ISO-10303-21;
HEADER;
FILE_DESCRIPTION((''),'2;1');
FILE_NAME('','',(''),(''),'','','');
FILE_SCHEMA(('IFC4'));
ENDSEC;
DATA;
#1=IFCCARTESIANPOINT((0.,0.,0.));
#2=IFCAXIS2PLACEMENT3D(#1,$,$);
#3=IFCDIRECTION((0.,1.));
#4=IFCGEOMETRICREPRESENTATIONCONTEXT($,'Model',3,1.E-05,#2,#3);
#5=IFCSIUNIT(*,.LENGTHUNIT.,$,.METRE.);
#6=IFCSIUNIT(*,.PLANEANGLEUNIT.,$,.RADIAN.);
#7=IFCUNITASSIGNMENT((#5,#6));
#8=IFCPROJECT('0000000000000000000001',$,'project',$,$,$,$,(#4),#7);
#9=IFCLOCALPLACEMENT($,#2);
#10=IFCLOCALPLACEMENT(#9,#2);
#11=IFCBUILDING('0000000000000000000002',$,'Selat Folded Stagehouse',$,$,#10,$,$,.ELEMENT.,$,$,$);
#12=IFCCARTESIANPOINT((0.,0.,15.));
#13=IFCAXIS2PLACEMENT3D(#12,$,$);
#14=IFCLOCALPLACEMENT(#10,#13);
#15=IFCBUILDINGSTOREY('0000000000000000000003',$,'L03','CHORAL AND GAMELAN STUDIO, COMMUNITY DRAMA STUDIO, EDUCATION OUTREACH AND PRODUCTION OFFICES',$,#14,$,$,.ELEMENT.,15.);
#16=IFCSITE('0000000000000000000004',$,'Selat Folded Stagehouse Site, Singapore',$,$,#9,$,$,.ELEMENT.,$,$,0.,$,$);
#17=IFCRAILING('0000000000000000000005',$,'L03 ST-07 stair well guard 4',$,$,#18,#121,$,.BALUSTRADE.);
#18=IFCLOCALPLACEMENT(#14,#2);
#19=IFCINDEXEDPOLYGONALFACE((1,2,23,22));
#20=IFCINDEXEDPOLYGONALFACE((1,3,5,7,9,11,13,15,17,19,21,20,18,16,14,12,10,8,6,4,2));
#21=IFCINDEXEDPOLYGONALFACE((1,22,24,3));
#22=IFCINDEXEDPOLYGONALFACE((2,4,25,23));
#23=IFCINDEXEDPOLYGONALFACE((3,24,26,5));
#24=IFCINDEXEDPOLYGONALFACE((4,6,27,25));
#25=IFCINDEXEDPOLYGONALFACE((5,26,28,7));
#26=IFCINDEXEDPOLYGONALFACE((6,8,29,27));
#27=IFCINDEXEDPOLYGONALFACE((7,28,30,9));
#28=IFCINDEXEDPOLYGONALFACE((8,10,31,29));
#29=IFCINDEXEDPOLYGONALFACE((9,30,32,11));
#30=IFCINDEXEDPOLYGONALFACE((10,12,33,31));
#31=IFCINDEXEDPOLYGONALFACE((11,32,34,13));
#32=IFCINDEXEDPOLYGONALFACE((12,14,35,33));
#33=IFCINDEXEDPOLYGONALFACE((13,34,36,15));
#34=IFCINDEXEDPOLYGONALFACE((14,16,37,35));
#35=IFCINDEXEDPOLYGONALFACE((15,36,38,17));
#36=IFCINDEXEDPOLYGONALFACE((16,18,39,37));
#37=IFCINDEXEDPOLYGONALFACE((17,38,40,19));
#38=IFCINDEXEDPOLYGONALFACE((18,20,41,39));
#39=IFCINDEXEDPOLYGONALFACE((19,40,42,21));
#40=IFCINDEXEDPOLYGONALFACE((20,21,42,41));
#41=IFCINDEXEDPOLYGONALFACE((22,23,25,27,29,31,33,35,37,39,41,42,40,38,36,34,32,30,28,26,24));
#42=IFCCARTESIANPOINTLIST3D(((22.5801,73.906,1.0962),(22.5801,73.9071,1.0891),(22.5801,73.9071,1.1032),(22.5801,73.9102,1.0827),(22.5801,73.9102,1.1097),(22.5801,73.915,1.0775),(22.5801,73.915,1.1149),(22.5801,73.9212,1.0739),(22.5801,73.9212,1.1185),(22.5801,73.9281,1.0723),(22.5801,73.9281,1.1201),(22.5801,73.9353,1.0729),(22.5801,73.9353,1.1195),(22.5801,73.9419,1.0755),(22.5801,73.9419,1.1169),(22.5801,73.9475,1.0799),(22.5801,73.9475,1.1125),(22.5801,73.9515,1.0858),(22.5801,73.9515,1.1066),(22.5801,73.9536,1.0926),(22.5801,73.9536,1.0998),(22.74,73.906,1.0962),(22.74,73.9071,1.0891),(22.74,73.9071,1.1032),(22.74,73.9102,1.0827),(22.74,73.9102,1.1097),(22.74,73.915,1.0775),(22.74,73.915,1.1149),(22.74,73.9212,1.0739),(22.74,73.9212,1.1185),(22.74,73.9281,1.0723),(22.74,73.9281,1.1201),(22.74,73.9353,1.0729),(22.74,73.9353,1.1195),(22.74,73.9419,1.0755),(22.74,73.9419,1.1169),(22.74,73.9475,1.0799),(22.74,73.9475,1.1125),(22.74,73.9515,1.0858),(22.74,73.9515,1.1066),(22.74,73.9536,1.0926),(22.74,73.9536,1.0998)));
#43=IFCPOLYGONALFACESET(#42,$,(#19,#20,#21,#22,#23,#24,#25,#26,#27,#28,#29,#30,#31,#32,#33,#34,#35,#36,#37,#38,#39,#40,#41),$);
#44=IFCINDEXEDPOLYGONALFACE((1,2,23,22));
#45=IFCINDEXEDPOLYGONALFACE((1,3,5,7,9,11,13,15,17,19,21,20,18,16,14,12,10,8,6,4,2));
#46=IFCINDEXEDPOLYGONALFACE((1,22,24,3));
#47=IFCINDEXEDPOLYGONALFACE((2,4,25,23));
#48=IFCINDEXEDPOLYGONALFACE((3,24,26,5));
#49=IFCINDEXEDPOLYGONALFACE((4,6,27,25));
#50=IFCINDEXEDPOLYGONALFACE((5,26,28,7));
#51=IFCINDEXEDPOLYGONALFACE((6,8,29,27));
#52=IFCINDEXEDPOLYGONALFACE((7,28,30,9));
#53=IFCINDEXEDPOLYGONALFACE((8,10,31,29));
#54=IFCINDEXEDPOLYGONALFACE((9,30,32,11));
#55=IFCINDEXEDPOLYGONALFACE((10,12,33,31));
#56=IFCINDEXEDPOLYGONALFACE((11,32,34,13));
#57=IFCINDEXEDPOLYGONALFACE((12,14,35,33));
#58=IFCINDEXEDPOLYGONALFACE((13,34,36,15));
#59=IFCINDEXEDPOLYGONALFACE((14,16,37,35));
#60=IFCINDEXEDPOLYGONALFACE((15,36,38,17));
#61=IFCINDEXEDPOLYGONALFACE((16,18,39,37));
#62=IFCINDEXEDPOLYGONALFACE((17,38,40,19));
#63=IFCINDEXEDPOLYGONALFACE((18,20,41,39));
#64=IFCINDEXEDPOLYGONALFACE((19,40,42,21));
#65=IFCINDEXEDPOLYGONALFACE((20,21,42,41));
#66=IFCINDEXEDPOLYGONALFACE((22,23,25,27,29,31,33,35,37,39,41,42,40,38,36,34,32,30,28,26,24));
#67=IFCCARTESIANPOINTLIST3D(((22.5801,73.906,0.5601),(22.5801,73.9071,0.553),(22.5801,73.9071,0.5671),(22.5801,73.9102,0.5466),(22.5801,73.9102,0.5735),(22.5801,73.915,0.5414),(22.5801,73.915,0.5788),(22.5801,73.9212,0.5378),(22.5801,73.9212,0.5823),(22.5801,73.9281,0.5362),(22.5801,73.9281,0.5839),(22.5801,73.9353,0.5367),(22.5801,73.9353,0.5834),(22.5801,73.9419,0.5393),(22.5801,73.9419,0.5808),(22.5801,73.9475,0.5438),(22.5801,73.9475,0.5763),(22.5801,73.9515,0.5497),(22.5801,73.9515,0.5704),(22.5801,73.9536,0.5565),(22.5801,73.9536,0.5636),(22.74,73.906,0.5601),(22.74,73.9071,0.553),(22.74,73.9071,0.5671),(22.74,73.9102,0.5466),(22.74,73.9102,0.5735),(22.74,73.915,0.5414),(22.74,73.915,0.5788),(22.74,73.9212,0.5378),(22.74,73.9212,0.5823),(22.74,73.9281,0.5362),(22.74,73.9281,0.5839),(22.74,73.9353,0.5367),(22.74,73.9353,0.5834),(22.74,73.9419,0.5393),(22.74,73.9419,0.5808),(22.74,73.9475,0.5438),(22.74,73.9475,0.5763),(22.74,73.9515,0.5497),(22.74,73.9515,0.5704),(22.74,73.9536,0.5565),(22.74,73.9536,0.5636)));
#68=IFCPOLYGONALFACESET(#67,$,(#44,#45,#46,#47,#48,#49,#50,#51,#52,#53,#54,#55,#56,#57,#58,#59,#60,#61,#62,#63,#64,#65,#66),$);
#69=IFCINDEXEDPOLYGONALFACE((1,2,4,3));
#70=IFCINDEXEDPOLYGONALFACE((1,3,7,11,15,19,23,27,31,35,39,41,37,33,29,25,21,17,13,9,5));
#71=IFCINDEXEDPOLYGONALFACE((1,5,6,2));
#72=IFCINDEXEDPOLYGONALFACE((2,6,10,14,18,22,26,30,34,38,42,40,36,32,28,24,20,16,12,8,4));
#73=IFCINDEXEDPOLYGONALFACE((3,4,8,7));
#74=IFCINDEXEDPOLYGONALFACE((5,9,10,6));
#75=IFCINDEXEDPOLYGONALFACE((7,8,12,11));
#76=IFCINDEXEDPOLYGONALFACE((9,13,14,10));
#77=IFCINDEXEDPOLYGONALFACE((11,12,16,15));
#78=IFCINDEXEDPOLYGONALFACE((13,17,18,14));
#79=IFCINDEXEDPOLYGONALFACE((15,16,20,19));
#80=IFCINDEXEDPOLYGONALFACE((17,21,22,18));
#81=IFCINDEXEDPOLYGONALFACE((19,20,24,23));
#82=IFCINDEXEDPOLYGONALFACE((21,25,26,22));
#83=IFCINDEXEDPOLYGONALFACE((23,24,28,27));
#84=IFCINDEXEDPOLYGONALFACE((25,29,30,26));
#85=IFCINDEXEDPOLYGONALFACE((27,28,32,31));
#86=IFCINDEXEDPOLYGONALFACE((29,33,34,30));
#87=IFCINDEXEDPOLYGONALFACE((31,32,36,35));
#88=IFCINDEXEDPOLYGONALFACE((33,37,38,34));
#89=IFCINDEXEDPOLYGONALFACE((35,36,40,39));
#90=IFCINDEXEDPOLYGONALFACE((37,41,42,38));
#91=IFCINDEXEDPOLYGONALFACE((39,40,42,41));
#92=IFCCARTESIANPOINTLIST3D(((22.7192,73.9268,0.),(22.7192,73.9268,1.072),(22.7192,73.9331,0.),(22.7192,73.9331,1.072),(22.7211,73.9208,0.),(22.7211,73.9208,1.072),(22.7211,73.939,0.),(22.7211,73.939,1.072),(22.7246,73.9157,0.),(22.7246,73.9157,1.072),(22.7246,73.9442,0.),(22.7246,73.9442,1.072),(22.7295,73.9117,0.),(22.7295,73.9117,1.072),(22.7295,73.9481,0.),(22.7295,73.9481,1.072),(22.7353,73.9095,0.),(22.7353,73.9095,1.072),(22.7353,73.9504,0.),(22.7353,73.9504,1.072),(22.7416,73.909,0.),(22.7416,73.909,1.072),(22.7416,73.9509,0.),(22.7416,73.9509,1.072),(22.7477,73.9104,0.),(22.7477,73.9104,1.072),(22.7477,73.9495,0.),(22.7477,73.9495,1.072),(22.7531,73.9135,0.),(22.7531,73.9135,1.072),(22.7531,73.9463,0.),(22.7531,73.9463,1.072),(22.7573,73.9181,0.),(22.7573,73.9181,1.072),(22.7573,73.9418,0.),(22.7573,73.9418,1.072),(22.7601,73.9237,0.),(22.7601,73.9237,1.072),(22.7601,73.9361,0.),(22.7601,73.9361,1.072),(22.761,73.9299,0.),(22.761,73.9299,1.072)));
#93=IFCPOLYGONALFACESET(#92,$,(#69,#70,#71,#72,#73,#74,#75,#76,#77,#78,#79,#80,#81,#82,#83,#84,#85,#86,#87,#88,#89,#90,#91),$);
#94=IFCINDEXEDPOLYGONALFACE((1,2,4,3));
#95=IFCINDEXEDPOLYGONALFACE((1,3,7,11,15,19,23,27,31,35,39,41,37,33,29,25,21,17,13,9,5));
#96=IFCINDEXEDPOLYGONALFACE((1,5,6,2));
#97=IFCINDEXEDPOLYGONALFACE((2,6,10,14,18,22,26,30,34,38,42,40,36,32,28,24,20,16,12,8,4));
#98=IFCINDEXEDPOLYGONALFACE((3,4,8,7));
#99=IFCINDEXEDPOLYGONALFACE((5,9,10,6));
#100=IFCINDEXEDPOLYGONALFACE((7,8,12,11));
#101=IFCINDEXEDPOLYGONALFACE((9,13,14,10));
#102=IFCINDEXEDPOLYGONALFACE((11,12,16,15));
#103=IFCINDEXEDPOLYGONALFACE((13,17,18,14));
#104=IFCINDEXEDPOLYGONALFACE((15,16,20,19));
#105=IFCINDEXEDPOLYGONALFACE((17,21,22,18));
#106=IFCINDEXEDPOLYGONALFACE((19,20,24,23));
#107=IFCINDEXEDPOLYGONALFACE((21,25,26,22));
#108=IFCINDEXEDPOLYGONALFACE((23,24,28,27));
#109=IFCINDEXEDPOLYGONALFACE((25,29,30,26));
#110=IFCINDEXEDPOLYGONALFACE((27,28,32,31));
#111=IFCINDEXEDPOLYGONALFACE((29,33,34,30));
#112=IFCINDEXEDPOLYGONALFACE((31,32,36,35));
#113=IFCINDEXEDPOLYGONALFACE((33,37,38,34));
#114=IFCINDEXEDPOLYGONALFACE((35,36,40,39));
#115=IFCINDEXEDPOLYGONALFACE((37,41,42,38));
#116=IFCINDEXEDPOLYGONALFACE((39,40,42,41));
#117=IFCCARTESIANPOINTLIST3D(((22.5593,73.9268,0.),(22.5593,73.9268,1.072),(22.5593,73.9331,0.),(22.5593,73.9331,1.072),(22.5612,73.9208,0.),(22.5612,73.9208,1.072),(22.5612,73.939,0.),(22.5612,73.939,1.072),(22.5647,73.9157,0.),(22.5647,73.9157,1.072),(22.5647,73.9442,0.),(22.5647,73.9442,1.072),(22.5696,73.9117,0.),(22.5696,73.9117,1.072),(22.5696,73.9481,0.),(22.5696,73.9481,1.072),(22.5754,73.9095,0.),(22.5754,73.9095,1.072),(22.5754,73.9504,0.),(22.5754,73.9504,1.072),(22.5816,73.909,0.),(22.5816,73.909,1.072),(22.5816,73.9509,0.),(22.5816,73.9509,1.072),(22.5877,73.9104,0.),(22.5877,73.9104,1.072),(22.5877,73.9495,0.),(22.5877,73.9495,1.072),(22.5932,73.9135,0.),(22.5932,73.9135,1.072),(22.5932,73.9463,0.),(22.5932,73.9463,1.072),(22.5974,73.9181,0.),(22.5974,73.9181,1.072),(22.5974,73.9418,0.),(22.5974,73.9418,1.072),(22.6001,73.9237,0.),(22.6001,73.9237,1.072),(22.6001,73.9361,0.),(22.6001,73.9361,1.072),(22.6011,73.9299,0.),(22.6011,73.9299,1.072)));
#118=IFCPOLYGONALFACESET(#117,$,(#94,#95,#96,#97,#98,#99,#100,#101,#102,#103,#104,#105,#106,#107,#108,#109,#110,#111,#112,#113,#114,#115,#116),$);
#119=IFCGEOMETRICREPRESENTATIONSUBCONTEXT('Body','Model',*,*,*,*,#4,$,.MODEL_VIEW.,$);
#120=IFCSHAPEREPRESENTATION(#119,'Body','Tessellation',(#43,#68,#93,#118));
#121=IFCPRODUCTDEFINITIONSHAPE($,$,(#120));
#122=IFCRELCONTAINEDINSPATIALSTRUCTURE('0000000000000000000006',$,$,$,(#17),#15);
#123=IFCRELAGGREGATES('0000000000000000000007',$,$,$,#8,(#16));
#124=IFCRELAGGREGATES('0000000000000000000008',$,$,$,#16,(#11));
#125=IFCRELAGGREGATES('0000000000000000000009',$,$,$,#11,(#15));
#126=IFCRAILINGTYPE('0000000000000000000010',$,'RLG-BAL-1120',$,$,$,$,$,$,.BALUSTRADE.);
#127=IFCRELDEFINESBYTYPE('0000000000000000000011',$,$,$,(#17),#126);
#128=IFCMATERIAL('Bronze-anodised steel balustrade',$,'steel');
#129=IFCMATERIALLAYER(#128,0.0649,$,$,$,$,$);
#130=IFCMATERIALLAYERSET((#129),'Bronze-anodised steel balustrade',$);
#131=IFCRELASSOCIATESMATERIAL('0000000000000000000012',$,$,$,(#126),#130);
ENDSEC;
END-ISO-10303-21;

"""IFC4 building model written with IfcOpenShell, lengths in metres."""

from ifc_helpers import new_model, si_unit, direction, frame, origin, origin_2d, place, context, subcontext, project, spatial, circle, extrude, material, layer, layer_set, type_object, element, save


model = new_model("IFC4")

# Units and contexts
model_context = context("Model", 3, precision=1e-05, world=origin(), true_north=direction((0.0, 1.0)))
body_context = subcontext(model_context, "Body", "Model", "MODEL_VIEW")
ifc_project = project(units=[si_unit("LENGTHUNIT", "METRE"), si_unit("PLANEANGLEUNIT", "RADIAN")], contexts=[model_context])

# Site, building, storey
site_placement = place(None, origin())
site = spatial("IfcSite", under=ifc_project, at=site_placement, Name="Selat Folded Stagehouse Site, Singapore", CompositionType="ELEMENT", RefElevation=0.0)
building_placement = place(site_placement, origin())
building = spatial("IfcBuilding", under=site, at=building_placement, Name="Selat Folded Stagehouse", CompositionType="ELEMENT")
storey_placement = place(building_placement, frame((0.0, 0.0, 15.0)))
storey = spatial("IfcBuildingStorey", under=building, at=storey_placement, Name="L03", Description="CHORAL AND GAMELAN STUDIO, COMMUNITY DRAMA STUDIO, EDUCATION OUTREACH AND PRODUCTION OFFICES", CompositionType="ELEMENT", Elevation=15.0)

# Railing
ifc_material_1 = material(Name="Bronze-anodised steel balustrade", Category="steel")
ifc_layer_1 = layer(ifc_material_1, 0.0649)
ifc_layer_set_1 = layer_set([ifc_layer_1], Name="Bronze-anodised steel balustrade")
railing_type_1 = type_object("IfcRailingType", Name="RLG-BAL-1120", PredefinedType="BALUSTRADE", material=ifc_layer_set_1)
railing_1_placement = place(storey_placement, frame((22.74, 73.9299, 0.0)))
element("IfcRailing", 1, at=railing_1_placement, inside=storey, type_object=railing_type_1, Name="L03 ST-07 stair well guard 4", PredefinedType="BALUSTRADE", context=body_context, shape_type="SweptSolid", body=[
    extrude(circle(Radius=0.0239, at=origin_2d()), frame((0.0, 0.0, 1.0962), z_axis=(-1.0, 0.0, 0.0), x_axis=(0.0, -1.0, 0.0)), (0.0, 0.0, 1.0), 0.1599),
    extrude(circle(Radius=0.0239, at=origin_2d()), frame((0.0, 0.0, 0.5601), z_axis=(-1.0, 0.0, 0.0), x_axis=(0.0, -1.0, 0.0)), (0.0, 0.0, 1.0), 0.1599),
    extrude(circle(Radius=0.021, at=origin_2d()), origin(), (0.0, 0.0, 1.0), 1.072),
    extrude(circle(Radius=0.021, at=origin_2d()), frame((-0.1599, 0.0, 0.0)), (0.0, 0.0, 1.0), 1.072),
])

save(model, "model.ifc")
